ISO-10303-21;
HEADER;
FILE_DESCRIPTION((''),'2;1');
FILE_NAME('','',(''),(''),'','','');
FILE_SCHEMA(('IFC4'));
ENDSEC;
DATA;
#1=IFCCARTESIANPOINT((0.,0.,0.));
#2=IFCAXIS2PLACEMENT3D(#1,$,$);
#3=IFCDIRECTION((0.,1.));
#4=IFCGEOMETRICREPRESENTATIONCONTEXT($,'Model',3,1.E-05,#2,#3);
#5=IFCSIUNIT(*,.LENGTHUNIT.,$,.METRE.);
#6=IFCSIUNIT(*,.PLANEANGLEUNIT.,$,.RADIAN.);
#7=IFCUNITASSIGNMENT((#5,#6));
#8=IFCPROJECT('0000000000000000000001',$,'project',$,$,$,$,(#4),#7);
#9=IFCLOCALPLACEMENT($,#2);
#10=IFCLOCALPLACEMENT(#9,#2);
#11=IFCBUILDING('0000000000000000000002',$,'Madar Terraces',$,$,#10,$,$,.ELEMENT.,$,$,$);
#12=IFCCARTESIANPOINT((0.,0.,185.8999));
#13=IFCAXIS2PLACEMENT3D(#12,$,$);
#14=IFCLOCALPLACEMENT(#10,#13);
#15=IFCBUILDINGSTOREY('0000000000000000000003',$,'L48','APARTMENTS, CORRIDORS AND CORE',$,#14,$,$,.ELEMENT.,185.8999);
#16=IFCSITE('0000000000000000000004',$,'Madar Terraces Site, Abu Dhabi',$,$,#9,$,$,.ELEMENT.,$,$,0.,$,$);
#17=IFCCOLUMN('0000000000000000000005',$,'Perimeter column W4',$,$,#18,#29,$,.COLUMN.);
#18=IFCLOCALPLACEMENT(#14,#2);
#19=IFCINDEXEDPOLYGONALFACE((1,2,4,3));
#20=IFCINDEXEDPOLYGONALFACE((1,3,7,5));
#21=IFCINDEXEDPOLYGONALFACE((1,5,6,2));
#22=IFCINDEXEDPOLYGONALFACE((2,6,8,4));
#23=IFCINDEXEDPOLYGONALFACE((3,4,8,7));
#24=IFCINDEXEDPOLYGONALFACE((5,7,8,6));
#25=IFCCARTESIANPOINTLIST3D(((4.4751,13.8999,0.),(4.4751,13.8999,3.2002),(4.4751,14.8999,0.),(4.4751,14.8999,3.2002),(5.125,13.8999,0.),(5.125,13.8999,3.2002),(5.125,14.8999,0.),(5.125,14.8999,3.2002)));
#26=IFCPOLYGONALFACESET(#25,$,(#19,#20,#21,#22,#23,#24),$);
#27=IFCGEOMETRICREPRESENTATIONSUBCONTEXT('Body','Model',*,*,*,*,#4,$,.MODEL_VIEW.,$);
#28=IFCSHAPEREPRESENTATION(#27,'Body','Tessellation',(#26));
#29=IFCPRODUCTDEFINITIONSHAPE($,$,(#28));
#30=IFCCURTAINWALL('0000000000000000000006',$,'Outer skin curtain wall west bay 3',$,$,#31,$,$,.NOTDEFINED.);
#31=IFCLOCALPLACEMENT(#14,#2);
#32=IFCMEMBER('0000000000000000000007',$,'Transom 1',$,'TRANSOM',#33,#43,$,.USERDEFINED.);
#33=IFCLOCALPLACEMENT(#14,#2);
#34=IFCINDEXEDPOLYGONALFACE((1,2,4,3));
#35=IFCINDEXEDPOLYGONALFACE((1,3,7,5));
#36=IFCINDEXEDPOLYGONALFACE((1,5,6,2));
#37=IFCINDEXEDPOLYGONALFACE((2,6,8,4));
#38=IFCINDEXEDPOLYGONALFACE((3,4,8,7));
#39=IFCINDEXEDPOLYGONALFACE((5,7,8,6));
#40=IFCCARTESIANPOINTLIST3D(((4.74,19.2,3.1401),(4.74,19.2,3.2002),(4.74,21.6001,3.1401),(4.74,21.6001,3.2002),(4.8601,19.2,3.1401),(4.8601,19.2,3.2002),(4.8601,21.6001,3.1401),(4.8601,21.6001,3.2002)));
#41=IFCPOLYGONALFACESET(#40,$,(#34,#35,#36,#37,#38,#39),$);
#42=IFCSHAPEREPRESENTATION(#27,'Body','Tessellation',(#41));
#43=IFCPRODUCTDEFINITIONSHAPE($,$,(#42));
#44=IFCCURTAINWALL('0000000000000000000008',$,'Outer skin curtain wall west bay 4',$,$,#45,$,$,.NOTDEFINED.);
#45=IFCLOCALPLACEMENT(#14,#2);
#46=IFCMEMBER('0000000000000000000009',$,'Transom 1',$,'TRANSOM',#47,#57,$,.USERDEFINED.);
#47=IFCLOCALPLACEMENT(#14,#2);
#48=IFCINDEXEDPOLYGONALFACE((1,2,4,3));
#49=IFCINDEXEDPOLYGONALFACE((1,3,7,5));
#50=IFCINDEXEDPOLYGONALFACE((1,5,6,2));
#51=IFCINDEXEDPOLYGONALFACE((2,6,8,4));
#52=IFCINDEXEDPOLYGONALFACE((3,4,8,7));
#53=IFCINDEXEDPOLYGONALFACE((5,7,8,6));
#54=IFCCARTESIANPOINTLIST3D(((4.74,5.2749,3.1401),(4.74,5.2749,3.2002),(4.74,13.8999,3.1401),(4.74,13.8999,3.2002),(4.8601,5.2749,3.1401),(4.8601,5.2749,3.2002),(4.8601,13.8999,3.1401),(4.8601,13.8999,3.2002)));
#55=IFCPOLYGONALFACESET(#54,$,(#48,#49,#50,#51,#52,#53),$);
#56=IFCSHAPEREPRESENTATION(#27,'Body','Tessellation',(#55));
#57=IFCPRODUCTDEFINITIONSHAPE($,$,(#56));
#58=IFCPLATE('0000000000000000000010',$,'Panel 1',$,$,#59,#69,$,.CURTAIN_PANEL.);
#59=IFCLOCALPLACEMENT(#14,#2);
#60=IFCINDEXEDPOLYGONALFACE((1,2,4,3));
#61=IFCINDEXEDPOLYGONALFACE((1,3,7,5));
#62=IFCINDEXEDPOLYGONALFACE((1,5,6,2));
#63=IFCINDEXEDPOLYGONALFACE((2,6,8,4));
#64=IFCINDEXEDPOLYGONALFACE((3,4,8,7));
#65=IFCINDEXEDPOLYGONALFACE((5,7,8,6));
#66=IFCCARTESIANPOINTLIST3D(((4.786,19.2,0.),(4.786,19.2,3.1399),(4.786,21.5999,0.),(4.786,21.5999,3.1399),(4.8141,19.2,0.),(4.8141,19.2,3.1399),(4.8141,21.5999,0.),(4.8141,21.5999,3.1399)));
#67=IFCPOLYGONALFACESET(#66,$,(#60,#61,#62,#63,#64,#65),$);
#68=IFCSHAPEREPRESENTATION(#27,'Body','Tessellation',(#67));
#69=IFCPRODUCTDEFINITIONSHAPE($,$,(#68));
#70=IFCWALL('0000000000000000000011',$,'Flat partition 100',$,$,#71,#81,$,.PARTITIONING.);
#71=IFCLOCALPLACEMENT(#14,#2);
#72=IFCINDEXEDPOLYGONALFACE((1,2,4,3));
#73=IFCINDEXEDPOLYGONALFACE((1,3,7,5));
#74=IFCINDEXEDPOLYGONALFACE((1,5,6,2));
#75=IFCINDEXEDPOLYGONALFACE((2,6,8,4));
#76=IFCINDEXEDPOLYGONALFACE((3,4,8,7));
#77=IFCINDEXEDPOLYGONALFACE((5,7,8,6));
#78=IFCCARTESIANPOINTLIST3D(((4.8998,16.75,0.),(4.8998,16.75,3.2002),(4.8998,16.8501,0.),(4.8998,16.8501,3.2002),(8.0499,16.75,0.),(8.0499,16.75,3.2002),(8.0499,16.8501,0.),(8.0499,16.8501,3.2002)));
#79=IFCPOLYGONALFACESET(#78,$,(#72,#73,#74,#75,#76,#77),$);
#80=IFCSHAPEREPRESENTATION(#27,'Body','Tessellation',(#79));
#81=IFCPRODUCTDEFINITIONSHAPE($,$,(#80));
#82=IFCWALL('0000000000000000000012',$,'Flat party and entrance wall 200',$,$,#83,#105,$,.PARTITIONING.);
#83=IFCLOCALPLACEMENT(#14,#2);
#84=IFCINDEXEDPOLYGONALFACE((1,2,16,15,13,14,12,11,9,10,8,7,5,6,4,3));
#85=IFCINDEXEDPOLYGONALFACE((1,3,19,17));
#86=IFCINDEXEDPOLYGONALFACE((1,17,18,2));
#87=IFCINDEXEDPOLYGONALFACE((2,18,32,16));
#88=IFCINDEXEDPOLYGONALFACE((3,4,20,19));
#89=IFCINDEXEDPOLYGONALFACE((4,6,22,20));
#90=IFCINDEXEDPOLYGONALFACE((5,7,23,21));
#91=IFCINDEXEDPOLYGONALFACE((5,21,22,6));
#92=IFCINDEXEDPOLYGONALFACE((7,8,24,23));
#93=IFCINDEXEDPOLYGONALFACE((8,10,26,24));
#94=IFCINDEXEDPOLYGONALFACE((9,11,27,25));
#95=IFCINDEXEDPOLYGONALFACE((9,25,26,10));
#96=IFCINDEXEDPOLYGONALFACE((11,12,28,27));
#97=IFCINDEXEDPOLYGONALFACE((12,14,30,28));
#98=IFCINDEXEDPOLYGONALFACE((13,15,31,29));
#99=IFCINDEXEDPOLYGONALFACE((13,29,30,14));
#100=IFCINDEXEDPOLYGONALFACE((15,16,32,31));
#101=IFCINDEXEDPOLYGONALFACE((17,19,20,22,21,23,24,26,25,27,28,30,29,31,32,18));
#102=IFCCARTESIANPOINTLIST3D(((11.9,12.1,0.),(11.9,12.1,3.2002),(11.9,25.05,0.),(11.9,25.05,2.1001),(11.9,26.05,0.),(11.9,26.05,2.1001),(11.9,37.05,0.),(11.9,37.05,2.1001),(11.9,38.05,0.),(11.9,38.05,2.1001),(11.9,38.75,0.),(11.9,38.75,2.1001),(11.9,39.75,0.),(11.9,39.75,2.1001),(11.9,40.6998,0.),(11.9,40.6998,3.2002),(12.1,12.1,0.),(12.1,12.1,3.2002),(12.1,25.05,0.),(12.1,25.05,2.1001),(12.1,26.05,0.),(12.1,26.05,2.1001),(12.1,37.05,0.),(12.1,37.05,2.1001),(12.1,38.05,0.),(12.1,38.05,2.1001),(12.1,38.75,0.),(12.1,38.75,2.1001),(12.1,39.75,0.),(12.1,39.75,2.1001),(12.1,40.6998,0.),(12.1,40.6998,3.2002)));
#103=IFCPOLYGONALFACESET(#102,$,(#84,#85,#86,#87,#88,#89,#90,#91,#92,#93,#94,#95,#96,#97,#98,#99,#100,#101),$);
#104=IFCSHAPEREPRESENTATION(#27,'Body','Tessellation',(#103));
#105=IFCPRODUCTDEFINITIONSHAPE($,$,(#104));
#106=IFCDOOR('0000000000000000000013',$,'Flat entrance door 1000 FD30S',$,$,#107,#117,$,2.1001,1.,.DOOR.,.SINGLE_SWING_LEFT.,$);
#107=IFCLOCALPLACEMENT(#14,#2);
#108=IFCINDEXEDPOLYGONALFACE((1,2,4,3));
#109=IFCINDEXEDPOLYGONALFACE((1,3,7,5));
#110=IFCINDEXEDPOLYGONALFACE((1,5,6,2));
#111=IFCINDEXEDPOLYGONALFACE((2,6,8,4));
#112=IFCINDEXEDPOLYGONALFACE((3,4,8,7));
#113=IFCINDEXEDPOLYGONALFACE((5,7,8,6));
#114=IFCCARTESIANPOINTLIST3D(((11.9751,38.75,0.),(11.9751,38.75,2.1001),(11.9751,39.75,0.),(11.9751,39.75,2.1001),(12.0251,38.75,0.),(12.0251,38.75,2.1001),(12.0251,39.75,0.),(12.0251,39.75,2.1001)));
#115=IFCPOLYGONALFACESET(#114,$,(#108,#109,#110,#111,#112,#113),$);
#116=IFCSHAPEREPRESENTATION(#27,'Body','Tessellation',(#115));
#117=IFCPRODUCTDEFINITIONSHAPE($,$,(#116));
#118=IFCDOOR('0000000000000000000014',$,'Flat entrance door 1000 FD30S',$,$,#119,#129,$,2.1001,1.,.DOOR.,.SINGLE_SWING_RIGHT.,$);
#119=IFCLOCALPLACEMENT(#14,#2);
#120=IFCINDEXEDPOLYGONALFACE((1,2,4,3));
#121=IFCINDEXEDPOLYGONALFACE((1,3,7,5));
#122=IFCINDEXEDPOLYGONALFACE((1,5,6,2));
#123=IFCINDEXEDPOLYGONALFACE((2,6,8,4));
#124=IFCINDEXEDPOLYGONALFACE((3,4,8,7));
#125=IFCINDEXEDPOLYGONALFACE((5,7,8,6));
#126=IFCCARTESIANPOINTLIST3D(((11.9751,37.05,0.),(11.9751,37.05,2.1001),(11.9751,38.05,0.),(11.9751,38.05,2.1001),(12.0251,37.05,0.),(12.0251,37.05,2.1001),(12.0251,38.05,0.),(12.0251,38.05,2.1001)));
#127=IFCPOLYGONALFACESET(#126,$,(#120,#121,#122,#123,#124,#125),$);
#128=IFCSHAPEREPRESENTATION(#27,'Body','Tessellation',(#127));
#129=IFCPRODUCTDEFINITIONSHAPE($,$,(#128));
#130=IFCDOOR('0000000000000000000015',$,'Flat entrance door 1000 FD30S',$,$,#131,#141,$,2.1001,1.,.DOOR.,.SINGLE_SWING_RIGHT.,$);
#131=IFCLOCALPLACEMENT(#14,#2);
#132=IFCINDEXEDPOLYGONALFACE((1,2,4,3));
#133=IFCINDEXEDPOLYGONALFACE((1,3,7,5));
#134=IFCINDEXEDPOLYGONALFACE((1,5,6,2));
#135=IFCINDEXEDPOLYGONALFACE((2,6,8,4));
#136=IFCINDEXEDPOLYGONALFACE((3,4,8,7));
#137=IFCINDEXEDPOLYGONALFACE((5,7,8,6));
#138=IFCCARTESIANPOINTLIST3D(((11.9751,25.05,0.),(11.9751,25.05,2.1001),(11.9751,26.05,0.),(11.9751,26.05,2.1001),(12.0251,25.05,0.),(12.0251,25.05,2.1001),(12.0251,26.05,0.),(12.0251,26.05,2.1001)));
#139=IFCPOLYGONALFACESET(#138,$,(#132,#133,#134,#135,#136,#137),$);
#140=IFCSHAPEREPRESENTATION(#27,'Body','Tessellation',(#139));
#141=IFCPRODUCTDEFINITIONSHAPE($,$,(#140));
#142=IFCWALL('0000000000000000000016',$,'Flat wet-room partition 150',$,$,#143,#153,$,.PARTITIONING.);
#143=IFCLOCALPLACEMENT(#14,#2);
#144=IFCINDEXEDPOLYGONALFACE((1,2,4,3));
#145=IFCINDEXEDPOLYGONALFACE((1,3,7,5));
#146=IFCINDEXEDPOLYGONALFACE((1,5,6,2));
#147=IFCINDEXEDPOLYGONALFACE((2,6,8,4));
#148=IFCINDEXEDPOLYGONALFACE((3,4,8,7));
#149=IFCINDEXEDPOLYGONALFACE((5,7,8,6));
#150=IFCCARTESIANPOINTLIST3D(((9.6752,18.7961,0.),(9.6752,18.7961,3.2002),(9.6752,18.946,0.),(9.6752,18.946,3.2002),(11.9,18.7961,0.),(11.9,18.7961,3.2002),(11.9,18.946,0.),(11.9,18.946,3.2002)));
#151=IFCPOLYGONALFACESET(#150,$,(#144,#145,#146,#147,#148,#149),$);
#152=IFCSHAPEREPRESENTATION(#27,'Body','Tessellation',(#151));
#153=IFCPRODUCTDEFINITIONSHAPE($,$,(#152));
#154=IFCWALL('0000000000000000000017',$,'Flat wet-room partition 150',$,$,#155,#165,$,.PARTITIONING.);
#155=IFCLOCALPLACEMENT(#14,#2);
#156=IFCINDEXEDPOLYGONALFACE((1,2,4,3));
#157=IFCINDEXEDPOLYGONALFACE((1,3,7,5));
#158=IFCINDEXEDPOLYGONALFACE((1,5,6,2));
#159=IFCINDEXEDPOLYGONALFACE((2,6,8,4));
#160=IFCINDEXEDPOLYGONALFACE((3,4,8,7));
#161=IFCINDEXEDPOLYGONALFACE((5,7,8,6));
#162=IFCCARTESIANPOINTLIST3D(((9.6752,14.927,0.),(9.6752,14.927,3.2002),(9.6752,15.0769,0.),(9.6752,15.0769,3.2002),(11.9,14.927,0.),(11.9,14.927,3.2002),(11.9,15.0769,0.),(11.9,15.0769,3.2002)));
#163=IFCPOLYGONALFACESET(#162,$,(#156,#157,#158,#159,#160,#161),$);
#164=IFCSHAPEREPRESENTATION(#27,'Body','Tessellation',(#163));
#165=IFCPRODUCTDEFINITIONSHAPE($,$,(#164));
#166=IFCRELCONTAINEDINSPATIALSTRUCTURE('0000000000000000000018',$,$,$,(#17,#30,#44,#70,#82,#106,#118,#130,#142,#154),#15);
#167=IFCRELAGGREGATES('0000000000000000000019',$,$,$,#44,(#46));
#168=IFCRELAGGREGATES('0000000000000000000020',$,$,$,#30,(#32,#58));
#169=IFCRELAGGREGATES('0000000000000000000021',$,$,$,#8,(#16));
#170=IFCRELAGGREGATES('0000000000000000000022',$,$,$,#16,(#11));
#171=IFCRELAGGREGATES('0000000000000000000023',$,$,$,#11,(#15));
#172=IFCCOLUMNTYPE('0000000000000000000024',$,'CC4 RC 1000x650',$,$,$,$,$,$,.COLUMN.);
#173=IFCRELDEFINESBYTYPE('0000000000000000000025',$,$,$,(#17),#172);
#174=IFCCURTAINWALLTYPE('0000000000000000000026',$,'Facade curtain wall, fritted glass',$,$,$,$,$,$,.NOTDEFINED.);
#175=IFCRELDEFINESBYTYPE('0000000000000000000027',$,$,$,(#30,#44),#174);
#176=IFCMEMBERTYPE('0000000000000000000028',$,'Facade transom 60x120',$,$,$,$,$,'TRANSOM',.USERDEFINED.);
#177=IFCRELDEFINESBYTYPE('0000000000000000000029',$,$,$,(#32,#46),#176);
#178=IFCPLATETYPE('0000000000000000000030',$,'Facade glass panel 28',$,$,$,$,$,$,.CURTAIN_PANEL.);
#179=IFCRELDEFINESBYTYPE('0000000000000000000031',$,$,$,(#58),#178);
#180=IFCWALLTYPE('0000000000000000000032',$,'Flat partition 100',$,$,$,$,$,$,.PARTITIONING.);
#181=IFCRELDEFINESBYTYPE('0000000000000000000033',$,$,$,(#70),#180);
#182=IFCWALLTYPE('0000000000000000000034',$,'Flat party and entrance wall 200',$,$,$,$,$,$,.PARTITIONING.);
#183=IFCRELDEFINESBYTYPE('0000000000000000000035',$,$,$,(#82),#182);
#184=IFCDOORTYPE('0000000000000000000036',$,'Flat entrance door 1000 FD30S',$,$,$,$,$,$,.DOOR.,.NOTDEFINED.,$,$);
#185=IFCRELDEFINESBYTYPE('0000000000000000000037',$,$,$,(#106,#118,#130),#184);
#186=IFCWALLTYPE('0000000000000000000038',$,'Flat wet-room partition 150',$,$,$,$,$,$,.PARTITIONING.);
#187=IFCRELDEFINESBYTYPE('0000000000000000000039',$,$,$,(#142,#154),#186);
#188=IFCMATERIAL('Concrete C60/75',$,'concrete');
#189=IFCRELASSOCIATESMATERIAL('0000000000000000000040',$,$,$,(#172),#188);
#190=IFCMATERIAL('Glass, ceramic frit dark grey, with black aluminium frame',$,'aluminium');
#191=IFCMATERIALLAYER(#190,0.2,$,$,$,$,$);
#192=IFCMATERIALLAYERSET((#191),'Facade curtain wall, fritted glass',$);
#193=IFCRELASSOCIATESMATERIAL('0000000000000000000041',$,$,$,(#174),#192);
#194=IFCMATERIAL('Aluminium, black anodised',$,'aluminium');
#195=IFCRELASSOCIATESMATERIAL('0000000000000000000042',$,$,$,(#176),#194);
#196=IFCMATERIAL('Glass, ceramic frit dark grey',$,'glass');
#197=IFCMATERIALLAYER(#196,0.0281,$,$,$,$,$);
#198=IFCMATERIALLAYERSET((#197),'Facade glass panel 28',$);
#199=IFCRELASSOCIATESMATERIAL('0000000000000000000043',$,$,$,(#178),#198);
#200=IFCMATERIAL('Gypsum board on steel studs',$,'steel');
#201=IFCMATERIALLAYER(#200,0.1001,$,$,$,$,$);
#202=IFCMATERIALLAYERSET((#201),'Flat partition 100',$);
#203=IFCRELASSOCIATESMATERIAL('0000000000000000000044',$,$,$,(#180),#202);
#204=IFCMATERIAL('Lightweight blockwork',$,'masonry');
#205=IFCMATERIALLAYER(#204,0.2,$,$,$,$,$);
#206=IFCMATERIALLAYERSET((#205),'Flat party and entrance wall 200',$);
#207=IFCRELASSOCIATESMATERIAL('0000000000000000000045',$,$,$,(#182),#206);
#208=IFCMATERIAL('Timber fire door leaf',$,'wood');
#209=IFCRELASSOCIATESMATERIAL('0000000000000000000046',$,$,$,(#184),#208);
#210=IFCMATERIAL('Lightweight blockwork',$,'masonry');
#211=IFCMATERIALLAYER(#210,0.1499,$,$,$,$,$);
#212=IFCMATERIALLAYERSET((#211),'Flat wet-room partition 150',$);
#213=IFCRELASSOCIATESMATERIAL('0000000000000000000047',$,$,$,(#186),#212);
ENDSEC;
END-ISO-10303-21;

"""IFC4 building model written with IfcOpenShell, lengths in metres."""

from ifc_helpers import new_model, si_unit, direction, frame, frame_2d, origin, origin_2d, place, context, subcontext, project, spatial, rectangle, extrude, material, layer, layer_set, material_profile, profile_set, type_object, element, fill, aggregate, save


model = new_model("IFC4")

# Units and contexts
model_context = context("Model", 3, precision=1e-05, world=origin(), true_north=direction((0.0, 1.0)))
body_context = subcontext(model_context, "Body", "Model", "MODEL_VIEW")
ifc_project = project(units=[si_unit("LENGTHUNIT", "METRE"), si_unit("PLANEANGLEUNIT", "RADIAN")], contexts=[model_context])

# Site, building, storey
site_placement = place(None, origin())
site = spatial("IfcSite", under=ifc_project, at=site_placement, Name="Madar Terraces Site, Abu Dhabi", CompositionType="ELEMENT", RefElevation=0.0)
building_placement = place(site_placement, origin())
building = spatial("IfcBuilding", under=site, at=building_placement, Name="Madar Terraces", CompositionType="ELEMENT")
storey_placement = place(building_placement, frame((0.0, 0.0, 185.8999)))
storey = spatial("IfcBuildingStorey", under=building, at=storey_placement, Name="L48", Description="APARTMENTS, CORRIDORS AND CORE", CompositionType="ELEMENT", Elevation=185.8999)

# Column
ifc_material_1 = material(Name="Concrete C60/75", Category="concrete")
ifc_material_profile_1 = material_profile(ifc_material_1, rectangle(XDim=1.0, YDim=0.6499, at=origin_2d()), Name="CC4 RC 1000x650")
ifc_profile_set_1 = profile_set([ifc_material_profile_1], Name="Concrete C60/75")
column_type = type_object("IfcColumnType", Name="CC4 RC 1000x650", PredefinedType="COLUMN", material=ifc_profile_set_1)
column_placement = place(storey_placement, frame((4.8, 14.3999, 0.0), z_axis=(0.0, 0.0, 1.0), x_axis=(0.0, 1.0, 0.0)))
element("IfcColumn", 1, at=column_placement, inside=storey, type_object=column_type, Name="Perimeter column W4", PredefinedType="COLUMN", context=body_context, shape_type="SweptSolid", body=[
    extrude(rectangle(XDim=1.0, YDim=0.6499, at=origin_2d()), origin(), (0.0, 0.0, 1.0), 3.2002),
])

# Curtain walls, members
ifc_material_2 = material(Name="Glass, ceramic frit dark grey, with black aluminium frame", Category="aluminium")
ifc_layer_1 = layer(ifc_material_2, 0.2)
ifc_layer_set_1 = layer_set([ifc_layer_1], Name="Facade curtain wall, fritted glass")
curtain_wall_type = type_object("IfcCurtainWallType", Name="Facade curtain wall, fritted glass", PredefinedType="NOTDEFINED", material=ifc_layer_set_1)
curtain_wall_1_placement = place(storey_placement, origin())
curtain_wall_1 = element("IfcCurtainWall", 2, at=curtain_wall_1_placement, inside=storey, type_object=curtain_wall_type, Name="Outer skin curtain wall west bay 3", PredefinedType="NOTDEFINED")
ifc_material_3 = material(Name="Aluminium, black anodised", Category="aluminium")
ifc_material_profile_2 = material_profile(ifc_material_3, rectangle(XDim=0.1201, YDim=0.0601, at=origin_2d()), Name="Facade transom 60x120")
ifc_profile_set_2 = profile_set([ifc_material_profile_2], Name="Aluminium, black anodised")
member_type = type_object("IfcMemberType", Name="Facade transom 60x120", ElementType="TRANSOM", PredefinedType="USERDEFINED", material=ifc_profile_set_2)
member_1_placement = place(storey_placement, frame((4.8, 21.6001, 3.1702), z_axis=(0.0, -1.0, 0.0), x_axis=(1.0, 0.0, 0.0)))
member_1 = element("IfcMember", 3, at=member_1_placement, type_object=member_type, Name="Transom 1", ObjectType="TRANSOM", PredefinedType="USERDEFINED", context=body_context, shape_type="SweptSolid", body=[
    extrude(rectangle(XDim=0.1201, YDim=0.0601, at=origin_2d()), origin(), (0.0, 0.0, 1.0), 2.4001),
])
curtain_wall_2_placement = place(storey_placement, origin())
curtain_wall_2 = element("IfcCurtainWall", 4, at=curtain_wall_2_placement, inside=storey, type_object=curtain_wall_type, Name="Outer skin curtain wall west bay 4", PredefinedType="NOTDEFINED")
member_2_placement = place(storey_placement, frame((4.8, 13.8999, 3.1702), z_axis=(0.0, -1.0, 0.0), x_axis=(1.0, 0.0, 0.0)))
member_2 = element("IfcMember", 5, at=member_2_placement, type_object=member_type, Name="Transom 1", ObjectType="TRANSOM", PredefinedType="USERDEFINED", context=body_context, shape_type="SweptSolid", body=[
    extrude(rectangle(XDim=0.1201, YDim=0.0601, at=origin_2d()), origin(), (0.0, 0.0, 1.0), 8.625),
])
aggregate(curtain_wall_2, [member_2])

# Plate
ifc_material_4 = material(Name="Glass, ceramic frit dark grey", Category="glass")
ifc_layer_2 = layer(ifc_material_4, 0.0281)
ifc_layer_set_2 = layer_set([ifc_layer_2], Name="Facade glass panel 28")
plate_type = type_object("IfcPlateType", Name="Facade glass panel 28", PredefinedType="CURTAIN_PANEL", material=ifc_layer_set_2)
plate_placement = place(storey_placement, frame((4.8, 20.3999, 0.0), z_axis=(0.0, 0.0, 1.0), x_axis=(0.0, -1.0, 0.0)))
plate = element("IfcPlate", 6, at=plate_placement, type_object=plate_type, Name="Panel 1", PredefinedType="CURTAIN_PANEL", context=body_context, shape_type="SweptSolid", body=[
    extrude(rectangle(XDim=2.3999, YDim=0.0281, at=origin_2d()), origin(), (0.0, 0.0, 1.0), 3.1399),
])
aggregate(curtain_wall_1, [member_1, plate])

# Wall
ifc_material_5 = material(Name="Gypsum board on steel studs", Category="steel")
ifc_layer_3 = layer(ifc_material_5, 0.1001)
ifc_layer_set_3 = layer_set([ifc_layer_3], Name="Flat partition 100")
wall_type_1 = type_object("IfcWallType", Name="Flat partition 100", PredefinedType="PARTITIONING", material=ifc_layer_set_3)
wall_1_placement = place(storey_placement, frame((8.05, 16.8, 0.0), z_axis=(0.0, 0.0, 1.0), x_axis=(-1.0, 0.0, 0.0)))
element("IfcWall", 7, at=wall_1_placement, inside=storey, type_object=wall_type_1, Name="Flat partition 100", PredefinedType="PARTITIONING", context=body_context, shape_type="SweptSolid", body=[
    extrude(rectangle(XDim=3.1501, YDim=0.1001, at=frame_2d((1.5752, 0.0))), origin(), (0.0, 0.0, 1.0), 3.2002),
])

# Wall, openings, doors
ifc_material_6 = material(Name="Lightweight blockwork", Category="masonry")
ifc_layer_4 = layer(ifc_material_6, 0.2)
ifc_layer_set_4 = layer_set([ifc_layer_4], Name="Flat party and entrance wall 200")
wall_type_2 = type_object("IfcWallType", Name="Flat party and entrance wall 200", PredefinedType="PARTITIONING", material=ifc_layer_set_4)
wall_2_placement = place(storey_placement, frame((12.0, 12.1001, 0.0), z_axis=(0.0, 0.0, 1.0), x_axis=(0.0, 1.0, 0.0)))
wall_2 = element("IfcWall", 8, at=wall_2_placement, inside=storey, type_object=wall_type_2, Name="Flat party and entrance wall 200", PredefinedType="PARTITIONING", context=body_context, shape_type="SweptSolid", body=[
    extrude(rectangle(XDim=28.5999, YDim=0.2, at=frame_2d((14.2998, 0.0))), origin(), (0.0, 0.0, 1.0), 3.2002),
])
opening_1_placement = place(wall_2_placement, frame((26.6499, 0.0, 0.0)))
opening_1 = element("IfcOpeningElement", 9, at=opening_1_placement, cuts=wall_2, PredefinedType="OPENING", context=body_context, shape_type="SweptSolid", body=[
    extrude(rectangle(XDim=1.0, YDim=2.1001, at=frame_2d((0.5, 1.05))), frame((0.0, 0.1099, 0.0), z_axis=(0.0, -1.0, 0.0), x_axis=(1.0, 0.0, 0.0)), (0.0, 0.0, 1.0), 0.22),
])
opening_2_placement = place(wall_2_placement, frame((24.95, 0.0, 0.0)))
opening_2 = element("IfcOpeningElement", 10, at=opening_2_placement, cuts=wall_2, PredefinedType="OPENING", context=body_context, shape_type="SweptSolid", body=[
    extrude(rectangle(XDim=1.0, YDim=2.1001, at=frame_2d((0.5, 1.05))), frame((0.0, 0.1099, 0.0), z_axis=(0.0, -1.0, 0.0), x_axis=(1.0, 0.0, 0.0)), (0.0, 0.0, 1.0), 0.22),
])
opening_3_placement = place(wall_2_placement, frame((12.95, 0.0, 0.0)))
opening_3 = element("IfcOpeningElement", 11, at=opening_3_placement, cuts=wall_2, PredefinedType="OPENING", context=body_context, shape_type="SweptSolid", body=[
    extrude(rectangle(XDim=1.0, YDim=2.1001, at=frame_2d((0.5, 1.05))), frame((0.0, 0.1099, 0.0), z_axis=(0.0, -1.0, 0.0), x_axis=(1.0, 0.0, 0.0)), (0.0, 0.0, 1.0), 0.22),
])
ifc_material_7 = material(Name="Timber fire door leaf", Category="wood")
door_type_1 = type_object("IfcDoorType", Name="Flat entrance door 1000 FD30S", OperationType="NOTDEFINED", PredefinedType="DOOR", material=ifc_material_7)
door_1_placement = place(opening_1_placement, origin())
door_1 = element("IfcDoor", 12, at=door_1_placement, inside=storey, type_object=door_type_1, Name="Flat entrance door 1000 FD30S", OperationType="SINGLE_SWING_LEFT", OverallHeight=2.1001, OverallWidth=1.0, PredefinedType="DOOR", context=body_context, shape_type="SweptSolid", body=[
    extrude(rectangle(XDim=1.0, YDim=2.1001, at=frame_2d((0.5, 1.05))), frame((0.0, 0.0249, 0.0), z_axis=(0.0, -1.0, 0.0), x_axis=(1.0, 0.0, 0.0)), (0.0, 0.0, 1.0), 0.05),
])
fill(opening_1, door_1)
door_2_placement = place(opening_2_placement, origin())
door_2 = element("IfcDoor", 13, at=door_2_placement, inside=storey, type_object=door_type_1, Name="Flat entrance door 1000 FD30S", OperationType="SINGLE_SWING_RIGHT", OverallHeight=2.1001, OverallWidth=1.0, PredefinedType="DOOR", context=body_context, shape_type="SweptSolid", body=[
    extrude(rectangle(XDim=1.0, YDim=2.1001, at=frame_2d((0.5, 1.05))), frame((0.0, 0.0249, 0.0), z_axis=(0.0, -1.0, 0.0), x_axis=(1.0, 0.0, 0.0)), (0.0, 0.0, 1.0), 0.05),
])
fill(opening_2, door_2)
door_3_placement = place(opening_3_placement, origin())
door_3 = element("IfcDoor", 14, at=door_3_placement, inside=storey, type_object=door_type_1, Name="Flat entrance door 1000 FD30S", OperationType="SINGLE_SWING_RIGHT", OverallHeight=2.1001, OverallWidth=1.0, PredefinedType="DOOR", context=body_context, shape_type="SweptSolid", body=[
    extrude(rectangle(XDim=1.0, YDim=2.1001, at=frame_2d((0.5, 1.05))), frame((0.0, 0.0249, 0.0), z_axis=(0.0, -1.0, 0.0), x_axis=(1.0, 0.0, 0.0)), (0.0, 0.0, 1.0), 0.05),
])
fill(opening_3, door_3)

# Walls
ifc_material_8 = material(Name="Lightweight blockwork", Category="masonry")
ifc_layer_5 = layer(ifc_material_8, 0.1499)
ifc_layer_set_5 = layer_set([ifc_layer_5], Name="Flat wet-room partition 150")
wall_type_3 = type_object("IfcWallType", Name="Flat wet-room partition 150", PredefinedType="PARTITIONING", material=ifc_layer_set_5)
for number, where, z_axis, x_axis, name in (
    (15, (11.8999, 18.8711, 0.0), (0.0, 0.0, 1.0), (-1.0, 0.0, 0.0), "Flat wet-room partition 150"),
    (16, (11.8999, 15.002, 0.0), (0.0, 0.0, 1.0), (-1.0, 0.0, 0.0), "Flat wet-room partition 150"),
):
    element("IfcWall", number, at=place(storey_placement, frame(where, z_axis=z_axis, x_axis=x_axis)), inside=storey, type_object=wall_type_3, Name=name, PredefinedType="PARTITIONING", context=body_context, shape_type="SweptSolid", body=[
        extrude(rectangle(XDim=2.2249, YDim=0.1499, at=frame_2d((1.1123, 0.0))), origin(), (0.0, 0.0, 1.0), 3.2002),
    ])

save(model, "model.ifc")
